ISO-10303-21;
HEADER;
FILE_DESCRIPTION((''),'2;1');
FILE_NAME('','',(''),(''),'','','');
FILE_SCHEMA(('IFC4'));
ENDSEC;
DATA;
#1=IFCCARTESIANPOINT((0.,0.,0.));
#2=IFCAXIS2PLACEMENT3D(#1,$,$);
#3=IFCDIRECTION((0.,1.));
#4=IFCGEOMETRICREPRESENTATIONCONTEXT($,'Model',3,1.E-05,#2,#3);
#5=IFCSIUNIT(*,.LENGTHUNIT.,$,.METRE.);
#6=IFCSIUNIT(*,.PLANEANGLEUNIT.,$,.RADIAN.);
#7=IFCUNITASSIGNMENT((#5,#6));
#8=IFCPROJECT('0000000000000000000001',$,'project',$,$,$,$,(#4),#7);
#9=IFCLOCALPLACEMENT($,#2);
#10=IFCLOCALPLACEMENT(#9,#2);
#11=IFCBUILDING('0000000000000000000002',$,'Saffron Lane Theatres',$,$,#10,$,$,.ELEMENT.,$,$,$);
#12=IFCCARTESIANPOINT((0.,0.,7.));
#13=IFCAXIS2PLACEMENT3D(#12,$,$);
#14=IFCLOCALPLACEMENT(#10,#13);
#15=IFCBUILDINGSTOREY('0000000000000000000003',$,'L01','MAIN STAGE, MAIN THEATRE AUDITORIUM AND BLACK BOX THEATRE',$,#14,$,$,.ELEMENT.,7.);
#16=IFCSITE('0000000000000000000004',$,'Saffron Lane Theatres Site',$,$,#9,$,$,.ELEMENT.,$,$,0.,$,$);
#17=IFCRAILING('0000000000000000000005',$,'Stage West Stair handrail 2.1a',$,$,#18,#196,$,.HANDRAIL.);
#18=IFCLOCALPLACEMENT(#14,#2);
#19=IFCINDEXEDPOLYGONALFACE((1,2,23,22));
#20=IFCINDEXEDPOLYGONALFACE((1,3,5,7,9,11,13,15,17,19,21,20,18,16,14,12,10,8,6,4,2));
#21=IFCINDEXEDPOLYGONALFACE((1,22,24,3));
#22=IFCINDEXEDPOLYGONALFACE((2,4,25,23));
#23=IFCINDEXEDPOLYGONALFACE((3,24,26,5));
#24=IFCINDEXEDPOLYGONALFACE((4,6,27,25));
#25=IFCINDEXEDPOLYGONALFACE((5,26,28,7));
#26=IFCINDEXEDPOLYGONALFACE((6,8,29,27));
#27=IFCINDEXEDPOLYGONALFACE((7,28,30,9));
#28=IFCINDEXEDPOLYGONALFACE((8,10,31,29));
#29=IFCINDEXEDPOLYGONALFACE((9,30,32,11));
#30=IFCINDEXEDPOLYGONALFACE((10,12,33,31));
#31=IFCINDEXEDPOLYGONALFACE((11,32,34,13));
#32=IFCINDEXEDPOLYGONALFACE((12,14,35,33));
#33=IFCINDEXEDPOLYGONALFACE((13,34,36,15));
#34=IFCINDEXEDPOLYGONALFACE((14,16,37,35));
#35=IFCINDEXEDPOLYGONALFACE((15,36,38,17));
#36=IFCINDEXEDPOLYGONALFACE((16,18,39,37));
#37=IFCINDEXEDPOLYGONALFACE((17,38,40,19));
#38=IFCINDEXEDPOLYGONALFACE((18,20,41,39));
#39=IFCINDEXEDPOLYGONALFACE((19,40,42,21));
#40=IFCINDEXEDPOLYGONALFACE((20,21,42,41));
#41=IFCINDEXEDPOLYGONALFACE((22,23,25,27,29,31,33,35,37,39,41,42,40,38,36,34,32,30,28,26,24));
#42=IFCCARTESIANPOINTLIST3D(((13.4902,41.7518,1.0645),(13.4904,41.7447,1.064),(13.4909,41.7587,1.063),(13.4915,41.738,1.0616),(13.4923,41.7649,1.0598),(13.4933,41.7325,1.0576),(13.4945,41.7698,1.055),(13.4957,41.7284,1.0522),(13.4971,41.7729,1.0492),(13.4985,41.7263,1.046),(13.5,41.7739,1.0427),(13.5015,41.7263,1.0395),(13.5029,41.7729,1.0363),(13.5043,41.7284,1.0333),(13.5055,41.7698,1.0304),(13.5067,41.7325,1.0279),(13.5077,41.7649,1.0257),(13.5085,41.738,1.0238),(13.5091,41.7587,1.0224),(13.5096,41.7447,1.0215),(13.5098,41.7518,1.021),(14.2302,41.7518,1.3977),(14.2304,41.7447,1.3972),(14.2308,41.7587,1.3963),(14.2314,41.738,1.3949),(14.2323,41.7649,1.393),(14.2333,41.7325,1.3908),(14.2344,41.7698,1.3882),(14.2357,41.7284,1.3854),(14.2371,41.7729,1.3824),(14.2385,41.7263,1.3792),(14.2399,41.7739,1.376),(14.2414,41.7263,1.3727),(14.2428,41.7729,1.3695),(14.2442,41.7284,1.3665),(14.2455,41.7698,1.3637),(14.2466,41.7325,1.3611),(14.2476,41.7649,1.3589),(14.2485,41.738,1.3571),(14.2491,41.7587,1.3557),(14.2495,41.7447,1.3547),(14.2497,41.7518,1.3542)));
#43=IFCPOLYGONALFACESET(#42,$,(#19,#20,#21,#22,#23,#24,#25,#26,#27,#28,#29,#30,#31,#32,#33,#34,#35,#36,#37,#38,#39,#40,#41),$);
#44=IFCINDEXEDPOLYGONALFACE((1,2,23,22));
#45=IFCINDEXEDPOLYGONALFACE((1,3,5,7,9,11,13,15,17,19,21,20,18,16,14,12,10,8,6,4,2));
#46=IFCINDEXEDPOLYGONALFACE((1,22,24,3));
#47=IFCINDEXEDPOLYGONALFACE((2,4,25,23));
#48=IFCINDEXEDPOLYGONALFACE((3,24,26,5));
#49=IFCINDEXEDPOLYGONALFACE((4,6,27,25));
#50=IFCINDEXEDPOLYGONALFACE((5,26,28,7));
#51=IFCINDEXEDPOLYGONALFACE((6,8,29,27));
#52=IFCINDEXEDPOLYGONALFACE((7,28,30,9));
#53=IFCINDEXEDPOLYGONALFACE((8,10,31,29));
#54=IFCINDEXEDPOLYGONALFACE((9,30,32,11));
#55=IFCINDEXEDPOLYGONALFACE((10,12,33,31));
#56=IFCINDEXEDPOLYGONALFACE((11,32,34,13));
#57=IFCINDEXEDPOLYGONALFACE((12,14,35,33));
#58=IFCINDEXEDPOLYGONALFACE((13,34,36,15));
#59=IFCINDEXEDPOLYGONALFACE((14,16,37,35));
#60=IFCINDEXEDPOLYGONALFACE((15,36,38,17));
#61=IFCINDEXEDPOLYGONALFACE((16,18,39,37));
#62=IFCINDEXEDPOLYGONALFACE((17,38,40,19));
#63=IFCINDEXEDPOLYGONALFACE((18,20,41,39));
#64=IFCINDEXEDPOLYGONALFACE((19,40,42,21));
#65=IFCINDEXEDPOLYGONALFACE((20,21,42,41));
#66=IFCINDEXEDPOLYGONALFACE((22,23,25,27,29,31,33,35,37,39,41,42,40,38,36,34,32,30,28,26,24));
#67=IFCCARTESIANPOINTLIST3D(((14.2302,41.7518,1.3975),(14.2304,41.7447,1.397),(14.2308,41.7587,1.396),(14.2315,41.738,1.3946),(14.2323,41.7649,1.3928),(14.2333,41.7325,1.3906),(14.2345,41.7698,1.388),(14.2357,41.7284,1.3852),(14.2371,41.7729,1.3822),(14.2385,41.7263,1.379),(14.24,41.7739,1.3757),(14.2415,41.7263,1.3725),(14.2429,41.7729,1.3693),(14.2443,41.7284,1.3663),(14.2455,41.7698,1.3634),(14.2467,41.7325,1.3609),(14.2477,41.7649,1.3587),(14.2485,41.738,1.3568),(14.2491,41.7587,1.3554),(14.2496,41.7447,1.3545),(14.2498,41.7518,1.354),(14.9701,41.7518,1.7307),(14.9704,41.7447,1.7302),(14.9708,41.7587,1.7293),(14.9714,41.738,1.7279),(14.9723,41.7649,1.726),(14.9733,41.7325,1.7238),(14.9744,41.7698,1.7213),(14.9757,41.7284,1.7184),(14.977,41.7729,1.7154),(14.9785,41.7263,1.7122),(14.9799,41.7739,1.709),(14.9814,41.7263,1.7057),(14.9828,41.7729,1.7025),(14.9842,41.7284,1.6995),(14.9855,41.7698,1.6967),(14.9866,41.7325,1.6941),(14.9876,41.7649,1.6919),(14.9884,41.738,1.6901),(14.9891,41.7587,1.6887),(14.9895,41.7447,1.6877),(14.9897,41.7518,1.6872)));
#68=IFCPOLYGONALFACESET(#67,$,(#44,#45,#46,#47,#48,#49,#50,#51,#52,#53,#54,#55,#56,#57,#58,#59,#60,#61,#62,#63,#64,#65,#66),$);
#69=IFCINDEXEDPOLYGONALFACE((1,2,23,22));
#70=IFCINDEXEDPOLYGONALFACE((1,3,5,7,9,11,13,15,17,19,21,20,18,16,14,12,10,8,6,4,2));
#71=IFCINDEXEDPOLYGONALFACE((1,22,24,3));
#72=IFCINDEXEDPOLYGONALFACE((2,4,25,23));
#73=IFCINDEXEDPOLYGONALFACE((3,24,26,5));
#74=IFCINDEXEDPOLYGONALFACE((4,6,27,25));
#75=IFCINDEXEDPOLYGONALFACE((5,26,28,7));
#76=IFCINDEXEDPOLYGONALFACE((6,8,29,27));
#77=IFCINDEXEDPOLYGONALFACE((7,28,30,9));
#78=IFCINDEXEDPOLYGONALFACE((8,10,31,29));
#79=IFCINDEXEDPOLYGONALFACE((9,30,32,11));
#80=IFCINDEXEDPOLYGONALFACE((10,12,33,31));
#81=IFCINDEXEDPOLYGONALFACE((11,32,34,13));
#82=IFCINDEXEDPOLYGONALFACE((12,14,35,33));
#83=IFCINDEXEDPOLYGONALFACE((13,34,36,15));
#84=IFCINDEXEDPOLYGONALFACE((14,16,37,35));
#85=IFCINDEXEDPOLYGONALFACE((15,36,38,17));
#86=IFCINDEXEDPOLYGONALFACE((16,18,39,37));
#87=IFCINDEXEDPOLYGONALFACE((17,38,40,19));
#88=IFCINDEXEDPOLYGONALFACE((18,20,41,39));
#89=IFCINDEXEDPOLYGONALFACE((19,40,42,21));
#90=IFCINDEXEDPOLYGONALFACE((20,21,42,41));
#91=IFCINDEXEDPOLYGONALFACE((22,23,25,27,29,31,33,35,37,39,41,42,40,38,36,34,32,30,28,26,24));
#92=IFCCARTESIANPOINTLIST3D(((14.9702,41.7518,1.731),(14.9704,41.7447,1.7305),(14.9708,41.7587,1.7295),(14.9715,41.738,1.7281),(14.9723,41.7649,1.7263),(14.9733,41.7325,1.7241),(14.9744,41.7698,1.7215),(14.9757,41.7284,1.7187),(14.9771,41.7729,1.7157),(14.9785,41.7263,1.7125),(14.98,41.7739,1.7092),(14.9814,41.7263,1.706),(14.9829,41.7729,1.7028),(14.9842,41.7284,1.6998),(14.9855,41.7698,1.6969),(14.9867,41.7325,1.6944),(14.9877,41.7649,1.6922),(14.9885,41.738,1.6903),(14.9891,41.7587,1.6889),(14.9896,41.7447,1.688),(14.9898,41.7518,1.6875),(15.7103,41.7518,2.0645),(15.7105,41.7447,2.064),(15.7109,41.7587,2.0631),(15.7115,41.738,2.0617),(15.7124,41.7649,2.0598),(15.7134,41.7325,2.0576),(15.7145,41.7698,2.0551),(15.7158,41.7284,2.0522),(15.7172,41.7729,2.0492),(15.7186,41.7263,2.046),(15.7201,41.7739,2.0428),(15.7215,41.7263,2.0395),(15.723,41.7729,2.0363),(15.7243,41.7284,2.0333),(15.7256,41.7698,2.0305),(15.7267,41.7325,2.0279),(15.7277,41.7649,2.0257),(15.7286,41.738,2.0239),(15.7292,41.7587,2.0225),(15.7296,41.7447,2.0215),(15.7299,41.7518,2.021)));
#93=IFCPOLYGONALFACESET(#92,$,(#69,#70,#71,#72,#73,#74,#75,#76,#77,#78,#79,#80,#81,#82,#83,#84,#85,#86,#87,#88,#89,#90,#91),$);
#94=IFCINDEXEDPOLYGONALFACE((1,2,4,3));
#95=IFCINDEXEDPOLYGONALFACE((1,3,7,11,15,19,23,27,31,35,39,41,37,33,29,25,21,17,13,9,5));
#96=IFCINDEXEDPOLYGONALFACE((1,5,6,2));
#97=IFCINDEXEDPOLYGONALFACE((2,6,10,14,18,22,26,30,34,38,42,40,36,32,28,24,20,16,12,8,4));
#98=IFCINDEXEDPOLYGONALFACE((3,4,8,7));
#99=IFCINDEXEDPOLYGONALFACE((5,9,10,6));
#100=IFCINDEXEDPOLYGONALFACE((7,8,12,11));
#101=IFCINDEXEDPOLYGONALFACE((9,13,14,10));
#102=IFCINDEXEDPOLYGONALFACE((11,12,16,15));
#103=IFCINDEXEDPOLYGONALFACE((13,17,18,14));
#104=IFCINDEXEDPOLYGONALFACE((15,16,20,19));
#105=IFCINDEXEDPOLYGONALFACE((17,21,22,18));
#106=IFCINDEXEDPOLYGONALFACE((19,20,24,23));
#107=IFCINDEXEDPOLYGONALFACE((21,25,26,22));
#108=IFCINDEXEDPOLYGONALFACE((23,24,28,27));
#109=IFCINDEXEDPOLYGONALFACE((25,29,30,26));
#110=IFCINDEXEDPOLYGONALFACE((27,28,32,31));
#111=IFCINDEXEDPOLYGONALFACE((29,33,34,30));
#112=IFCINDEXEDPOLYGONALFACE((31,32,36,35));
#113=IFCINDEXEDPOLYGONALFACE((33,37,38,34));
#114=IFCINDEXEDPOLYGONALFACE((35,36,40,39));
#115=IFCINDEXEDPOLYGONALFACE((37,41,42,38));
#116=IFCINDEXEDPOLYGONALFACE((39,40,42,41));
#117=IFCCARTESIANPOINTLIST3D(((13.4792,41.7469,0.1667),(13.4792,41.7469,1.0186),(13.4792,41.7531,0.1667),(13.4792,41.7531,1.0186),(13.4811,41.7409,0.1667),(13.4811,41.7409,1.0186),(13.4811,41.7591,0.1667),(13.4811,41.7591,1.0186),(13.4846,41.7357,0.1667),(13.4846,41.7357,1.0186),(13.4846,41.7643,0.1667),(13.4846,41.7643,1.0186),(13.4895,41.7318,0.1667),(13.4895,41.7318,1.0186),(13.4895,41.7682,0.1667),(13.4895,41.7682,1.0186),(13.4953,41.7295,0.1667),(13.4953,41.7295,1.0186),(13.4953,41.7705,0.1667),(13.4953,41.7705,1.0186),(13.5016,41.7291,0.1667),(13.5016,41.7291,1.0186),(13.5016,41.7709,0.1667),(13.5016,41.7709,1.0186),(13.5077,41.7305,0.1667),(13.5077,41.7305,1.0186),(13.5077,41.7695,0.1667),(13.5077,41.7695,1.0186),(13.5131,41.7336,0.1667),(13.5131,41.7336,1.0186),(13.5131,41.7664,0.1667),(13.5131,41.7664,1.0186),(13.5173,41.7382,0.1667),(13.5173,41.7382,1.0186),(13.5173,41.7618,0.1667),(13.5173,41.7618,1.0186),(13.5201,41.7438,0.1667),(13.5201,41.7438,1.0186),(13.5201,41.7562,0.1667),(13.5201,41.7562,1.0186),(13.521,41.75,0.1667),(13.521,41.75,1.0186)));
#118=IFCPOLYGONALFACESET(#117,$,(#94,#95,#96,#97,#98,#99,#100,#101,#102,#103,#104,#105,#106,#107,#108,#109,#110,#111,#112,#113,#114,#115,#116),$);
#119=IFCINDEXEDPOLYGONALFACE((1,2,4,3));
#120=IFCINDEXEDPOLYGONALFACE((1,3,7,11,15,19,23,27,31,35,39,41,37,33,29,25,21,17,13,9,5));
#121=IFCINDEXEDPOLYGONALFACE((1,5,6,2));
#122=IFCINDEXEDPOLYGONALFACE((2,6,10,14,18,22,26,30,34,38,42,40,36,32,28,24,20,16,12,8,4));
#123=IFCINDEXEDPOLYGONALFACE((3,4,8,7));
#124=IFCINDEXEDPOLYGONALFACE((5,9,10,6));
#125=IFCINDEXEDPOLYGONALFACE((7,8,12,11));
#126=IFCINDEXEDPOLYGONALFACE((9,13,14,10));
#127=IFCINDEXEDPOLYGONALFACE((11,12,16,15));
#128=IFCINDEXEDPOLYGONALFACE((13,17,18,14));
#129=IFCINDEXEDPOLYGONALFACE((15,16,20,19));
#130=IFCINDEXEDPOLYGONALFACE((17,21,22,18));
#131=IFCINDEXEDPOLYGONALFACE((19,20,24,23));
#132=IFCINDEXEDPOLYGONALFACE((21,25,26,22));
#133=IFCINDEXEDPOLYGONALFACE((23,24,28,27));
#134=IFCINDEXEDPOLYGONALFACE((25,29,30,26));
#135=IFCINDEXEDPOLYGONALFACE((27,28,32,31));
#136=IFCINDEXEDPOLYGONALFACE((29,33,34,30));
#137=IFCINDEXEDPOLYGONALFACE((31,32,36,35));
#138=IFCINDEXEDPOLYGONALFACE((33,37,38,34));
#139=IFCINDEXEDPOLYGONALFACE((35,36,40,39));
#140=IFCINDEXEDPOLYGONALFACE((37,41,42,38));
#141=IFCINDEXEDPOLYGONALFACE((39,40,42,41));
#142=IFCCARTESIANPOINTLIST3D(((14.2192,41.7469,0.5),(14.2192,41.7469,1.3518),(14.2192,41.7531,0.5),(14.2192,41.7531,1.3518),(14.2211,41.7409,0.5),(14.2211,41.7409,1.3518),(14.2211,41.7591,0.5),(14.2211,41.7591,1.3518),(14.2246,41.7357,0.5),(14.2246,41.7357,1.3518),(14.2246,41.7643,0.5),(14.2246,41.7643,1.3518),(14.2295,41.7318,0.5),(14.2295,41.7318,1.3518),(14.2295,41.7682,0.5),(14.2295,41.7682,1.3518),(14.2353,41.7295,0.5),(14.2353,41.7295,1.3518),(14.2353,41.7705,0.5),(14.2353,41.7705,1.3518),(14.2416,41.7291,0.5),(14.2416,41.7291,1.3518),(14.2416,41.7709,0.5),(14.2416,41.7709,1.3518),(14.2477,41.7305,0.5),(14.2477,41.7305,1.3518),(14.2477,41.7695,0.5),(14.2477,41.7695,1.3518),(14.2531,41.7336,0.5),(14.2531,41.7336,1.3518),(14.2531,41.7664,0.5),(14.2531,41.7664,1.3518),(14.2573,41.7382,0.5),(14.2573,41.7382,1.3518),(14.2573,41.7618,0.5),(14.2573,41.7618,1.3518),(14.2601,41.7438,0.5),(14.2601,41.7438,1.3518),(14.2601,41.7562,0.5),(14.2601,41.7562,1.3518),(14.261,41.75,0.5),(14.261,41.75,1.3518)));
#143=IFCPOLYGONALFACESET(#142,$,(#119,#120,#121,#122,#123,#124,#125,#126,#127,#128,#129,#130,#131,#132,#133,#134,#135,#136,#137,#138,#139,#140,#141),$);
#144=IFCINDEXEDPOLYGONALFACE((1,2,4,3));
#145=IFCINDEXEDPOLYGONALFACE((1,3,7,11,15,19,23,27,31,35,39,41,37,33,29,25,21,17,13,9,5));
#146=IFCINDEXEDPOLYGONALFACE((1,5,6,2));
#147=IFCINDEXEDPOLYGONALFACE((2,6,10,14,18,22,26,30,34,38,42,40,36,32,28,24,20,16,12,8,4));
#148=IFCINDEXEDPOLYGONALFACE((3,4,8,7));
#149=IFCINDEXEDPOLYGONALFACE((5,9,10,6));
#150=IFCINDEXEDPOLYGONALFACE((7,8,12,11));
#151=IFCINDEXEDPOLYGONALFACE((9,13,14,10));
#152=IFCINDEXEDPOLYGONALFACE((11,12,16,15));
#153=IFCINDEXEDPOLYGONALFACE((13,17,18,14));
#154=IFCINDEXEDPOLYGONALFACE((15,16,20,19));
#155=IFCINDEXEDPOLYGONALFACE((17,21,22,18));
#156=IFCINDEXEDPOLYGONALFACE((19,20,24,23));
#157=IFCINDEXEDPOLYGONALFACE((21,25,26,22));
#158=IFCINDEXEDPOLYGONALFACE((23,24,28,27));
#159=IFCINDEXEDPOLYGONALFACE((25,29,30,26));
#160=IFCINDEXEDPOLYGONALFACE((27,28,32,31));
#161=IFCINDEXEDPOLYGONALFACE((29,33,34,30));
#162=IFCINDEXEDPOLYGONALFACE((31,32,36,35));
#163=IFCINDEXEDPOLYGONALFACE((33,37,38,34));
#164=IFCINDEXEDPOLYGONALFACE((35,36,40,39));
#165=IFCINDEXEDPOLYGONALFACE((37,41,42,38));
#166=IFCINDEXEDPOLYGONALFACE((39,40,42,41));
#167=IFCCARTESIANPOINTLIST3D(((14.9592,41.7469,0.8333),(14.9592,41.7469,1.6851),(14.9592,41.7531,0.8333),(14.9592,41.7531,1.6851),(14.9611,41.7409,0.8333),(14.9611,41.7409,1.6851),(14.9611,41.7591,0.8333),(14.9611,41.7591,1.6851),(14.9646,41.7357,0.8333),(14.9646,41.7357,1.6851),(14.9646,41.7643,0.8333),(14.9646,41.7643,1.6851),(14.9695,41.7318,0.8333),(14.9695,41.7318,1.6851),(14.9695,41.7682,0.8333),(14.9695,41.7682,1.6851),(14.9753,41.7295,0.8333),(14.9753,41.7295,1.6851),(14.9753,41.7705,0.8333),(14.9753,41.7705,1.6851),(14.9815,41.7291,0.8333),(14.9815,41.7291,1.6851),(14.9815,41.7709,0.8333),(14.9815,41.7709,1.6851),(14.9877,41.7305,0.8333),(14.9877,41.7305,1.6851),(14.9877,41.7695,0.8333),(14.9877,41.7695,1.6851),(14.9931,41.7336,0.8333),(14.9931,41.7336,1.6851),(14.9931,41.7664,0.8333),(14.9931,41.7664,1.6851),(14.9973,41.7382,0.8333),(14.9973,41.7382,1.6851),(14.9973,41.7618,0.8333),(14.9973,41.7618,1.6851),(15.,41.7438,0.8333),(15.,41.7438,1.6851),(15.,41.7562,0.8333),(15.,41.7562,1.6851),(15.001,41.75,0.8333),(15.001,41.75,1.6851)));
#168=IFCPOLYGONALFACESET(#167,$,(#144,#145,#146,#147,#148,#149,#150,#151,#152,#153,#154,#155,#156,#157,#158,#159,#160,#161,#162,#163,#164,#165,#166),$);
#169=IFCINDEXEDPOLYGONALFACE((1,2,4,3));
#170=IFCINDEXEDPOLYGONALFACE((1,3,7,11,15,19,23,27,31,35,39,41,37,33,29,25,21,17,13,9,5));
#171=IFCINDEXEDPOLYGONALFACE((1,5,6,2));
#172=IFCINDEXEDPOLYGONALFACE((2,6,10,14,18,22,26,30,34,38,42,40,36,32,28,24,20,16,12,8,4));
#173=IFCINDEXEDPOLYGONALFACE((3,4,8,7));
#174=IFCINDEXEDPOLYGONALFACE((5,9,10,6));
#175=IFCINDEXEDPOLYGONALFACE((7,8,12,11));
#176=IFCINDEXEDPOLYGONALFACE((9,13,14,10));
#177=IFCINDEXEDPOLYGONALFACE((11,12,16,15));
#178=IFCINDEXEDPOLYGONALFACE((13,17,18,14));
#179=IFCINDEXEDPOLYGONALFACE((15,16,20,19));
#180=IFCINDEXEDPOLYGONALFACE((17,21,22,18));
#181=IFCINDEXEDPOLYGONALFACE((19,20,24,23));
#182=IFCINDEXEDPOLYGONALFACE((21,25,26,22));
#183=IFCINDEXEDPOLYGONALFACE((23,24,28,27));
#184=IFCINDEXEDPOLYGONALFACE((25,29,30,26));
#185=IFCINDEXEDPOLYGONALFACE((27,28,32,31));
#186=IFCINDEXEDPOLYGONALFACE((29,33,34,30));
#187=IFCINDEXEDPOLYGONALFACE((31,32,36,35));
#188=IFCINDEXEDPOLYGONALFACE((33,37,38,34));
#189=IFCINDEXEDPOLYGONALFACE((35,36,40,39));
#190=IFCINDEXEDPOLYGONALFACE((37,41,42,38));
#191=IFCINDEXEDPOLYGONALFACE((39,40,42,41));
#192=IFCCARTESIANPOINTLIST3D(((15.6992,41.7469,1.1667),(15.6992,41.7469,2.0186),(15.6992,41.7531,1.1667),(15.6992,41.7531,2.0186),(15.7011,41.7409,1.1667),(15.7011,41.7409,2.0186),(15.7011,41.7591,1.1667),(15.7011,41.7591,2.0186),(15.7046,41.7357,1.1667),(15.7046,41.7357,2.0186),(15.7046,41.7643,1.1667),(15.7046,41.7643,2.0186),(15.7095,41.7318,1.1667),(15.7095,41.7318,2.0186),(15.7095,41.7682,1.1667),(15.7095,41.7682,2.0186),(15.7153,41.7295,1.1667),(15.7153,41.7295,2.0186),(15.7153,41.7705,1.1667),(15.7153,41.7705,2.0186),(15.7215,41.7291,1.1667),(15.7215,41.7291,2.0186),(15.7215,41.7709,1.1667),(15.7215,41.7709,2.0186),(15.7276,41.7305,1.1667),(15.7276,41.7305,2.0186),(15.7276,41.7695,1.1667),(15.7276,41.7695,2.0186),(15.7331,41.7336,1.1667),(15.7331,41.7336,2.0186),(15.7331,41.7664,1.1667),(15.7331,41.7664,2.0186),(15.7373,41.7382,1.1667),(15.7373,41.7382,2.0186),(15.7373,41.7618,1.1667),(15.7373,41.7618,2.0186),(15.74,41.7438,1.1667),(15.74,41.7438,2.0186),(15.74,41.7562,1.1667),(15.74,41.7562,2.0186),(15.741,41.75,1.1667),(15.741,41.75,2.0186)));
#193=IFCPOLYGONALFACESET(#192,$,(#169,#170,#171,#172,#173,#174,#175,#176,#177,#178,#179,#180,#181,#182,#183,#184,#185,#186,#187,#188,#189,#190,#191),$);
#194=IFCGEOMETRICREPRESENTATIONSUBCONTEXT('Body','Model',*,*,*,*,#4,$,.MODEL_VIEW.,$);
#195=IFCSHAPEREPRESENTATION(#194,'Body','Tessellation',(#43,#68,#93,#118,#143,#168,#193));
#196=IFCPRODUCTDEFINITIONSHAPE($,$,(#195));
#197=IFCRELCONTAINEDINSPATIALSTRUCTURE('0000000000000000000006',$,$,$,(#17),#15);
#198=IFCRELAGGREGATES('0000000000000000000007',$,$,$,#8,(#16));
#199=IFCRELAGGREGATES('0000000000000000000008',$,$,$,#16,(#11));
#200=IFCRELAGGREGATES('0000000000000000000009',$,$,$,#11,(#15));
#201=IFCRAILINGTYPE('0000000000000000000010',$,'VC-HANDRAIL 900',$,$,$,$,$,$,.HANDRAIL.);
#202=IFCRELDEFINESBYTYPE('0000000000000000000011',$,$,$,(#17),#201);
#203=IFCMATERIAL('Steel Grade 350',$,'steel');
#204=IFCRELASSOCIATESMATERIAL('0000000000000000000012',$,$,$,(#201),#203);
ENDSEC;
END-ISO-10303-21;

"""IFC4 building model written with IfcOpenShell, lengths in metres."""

from ifc_helpers import new_model, si_unit, direction, frame, origin, origin_2d, place, context, subcontext, project, spatial, circle, extrude, material, type_object, element, save


model = new_model("IFC4")

# Units and contexts
model_context = context("Model", 3, precision=1e-05, world=origin(), true_north=direction((0.0, 1.0)))
body_context = subcontext(model_context, "Body", "Model", "MODEL_VIEW")
ifc_project = project(units=[si_unit("LENGTHUNIT", "METRE"), si_unit("PLANEANGLEUNIT", "RADIAN")], contexts=[model_context])

# Site, building, storey
site_placement = place(None, origin())
site = spatial("IfcSite", under=ifc_project, at=site_placement, Name="Saffron Lane Theatres Site", CompositionType="ELEMENT", RefElevation=0.0)
building_placement = place(site_placement, origin())
building = spatial("IfcBuilding", under=site, at=building_placement, Name="Saffron Lane Theatres", CompositionType="ELEMENT")
storey_placement = place(building_placement, frame((0.0, 0.0, 7.0)))
storey = spatial("IfcBuildingStorey", under=building, at=storey_placement, Name="L01", Description="MAIN STAGE, MAIN THEATRE AUDITORIUM AND BLACK BOX THEATRE", CompositionType="ELEMENT", Elevation=7.0)

# Railing
ifc_material_1 = material(Name="Steel Grade 350", Category="steel")
railing_type_1 = type_object("IfcRailingType", Name="VC-HANDRAIL 900", PredefinedType="HANDRAIL", material=ifc_material_1)
for number, where, name in (
    (1, (13.5, 41.75, 0.1667), "Stage West Stair handrail 2.1a"),
):
    element("IfcRailing", number, at=place(storey_placement, frame(where)), inside=storey, type_object=railing_type_1, Name=name, PredefinedType="HANDRAIL", context=body_context, shape_type="SweptSolid", body=[
        extrude(circle(Radius=0.0239, at=origin_2d()), frame((0.0, 0.0, 0.876), z_axis=(0.911803, 0.0, 0.410627), x_axis=(0.0, 1.0, 0.0)), (0.0, 0.0, 1.0), 0.8115),
        extrude(circle(Radius=0.0239, at=origin_2d()), frame((0.74, 0.0, 1.209), z_axis=(0.911803, 0.0, 0.410627), x_axis=(0.0, 1.0, 0.0)), (0.0, 0.0, 1.0), 0.8115),
        extrude(circle(Radius=0.0239, at=origin_2d()), frame((1.48, 0.0, 1.5425), z_axis=(0.911691, 0.0, 0.410877), x_axis=(0.0, 1.0, 0.0)), (0.0, 0.0, 1.0), 0.8118),
        extrude(circle(Radius=0.021, at=origin_2d()), origin(), (0.0, 0.0, 1.0), 0.8518),
        extrude(circle(Radius=0.021, at=origin_2d()), frame((0.74, 0.0, 0.3333)), (0.0, 0.0, 1.0), 0.8518),
        extrude(circle(Radius=0.021, at=origin_2d()), frame((1.48, 0.0, 0.6665)), (0.0, 0.0, 1.0), 0.8518),
        extrude(circle(Radius=0.021, at=origin_2d()), frame((2.22, 0.0, 1.0)), (0.0, 0.0, 1.0), 0.8518),
    ])

save(model, "model.ifc")
